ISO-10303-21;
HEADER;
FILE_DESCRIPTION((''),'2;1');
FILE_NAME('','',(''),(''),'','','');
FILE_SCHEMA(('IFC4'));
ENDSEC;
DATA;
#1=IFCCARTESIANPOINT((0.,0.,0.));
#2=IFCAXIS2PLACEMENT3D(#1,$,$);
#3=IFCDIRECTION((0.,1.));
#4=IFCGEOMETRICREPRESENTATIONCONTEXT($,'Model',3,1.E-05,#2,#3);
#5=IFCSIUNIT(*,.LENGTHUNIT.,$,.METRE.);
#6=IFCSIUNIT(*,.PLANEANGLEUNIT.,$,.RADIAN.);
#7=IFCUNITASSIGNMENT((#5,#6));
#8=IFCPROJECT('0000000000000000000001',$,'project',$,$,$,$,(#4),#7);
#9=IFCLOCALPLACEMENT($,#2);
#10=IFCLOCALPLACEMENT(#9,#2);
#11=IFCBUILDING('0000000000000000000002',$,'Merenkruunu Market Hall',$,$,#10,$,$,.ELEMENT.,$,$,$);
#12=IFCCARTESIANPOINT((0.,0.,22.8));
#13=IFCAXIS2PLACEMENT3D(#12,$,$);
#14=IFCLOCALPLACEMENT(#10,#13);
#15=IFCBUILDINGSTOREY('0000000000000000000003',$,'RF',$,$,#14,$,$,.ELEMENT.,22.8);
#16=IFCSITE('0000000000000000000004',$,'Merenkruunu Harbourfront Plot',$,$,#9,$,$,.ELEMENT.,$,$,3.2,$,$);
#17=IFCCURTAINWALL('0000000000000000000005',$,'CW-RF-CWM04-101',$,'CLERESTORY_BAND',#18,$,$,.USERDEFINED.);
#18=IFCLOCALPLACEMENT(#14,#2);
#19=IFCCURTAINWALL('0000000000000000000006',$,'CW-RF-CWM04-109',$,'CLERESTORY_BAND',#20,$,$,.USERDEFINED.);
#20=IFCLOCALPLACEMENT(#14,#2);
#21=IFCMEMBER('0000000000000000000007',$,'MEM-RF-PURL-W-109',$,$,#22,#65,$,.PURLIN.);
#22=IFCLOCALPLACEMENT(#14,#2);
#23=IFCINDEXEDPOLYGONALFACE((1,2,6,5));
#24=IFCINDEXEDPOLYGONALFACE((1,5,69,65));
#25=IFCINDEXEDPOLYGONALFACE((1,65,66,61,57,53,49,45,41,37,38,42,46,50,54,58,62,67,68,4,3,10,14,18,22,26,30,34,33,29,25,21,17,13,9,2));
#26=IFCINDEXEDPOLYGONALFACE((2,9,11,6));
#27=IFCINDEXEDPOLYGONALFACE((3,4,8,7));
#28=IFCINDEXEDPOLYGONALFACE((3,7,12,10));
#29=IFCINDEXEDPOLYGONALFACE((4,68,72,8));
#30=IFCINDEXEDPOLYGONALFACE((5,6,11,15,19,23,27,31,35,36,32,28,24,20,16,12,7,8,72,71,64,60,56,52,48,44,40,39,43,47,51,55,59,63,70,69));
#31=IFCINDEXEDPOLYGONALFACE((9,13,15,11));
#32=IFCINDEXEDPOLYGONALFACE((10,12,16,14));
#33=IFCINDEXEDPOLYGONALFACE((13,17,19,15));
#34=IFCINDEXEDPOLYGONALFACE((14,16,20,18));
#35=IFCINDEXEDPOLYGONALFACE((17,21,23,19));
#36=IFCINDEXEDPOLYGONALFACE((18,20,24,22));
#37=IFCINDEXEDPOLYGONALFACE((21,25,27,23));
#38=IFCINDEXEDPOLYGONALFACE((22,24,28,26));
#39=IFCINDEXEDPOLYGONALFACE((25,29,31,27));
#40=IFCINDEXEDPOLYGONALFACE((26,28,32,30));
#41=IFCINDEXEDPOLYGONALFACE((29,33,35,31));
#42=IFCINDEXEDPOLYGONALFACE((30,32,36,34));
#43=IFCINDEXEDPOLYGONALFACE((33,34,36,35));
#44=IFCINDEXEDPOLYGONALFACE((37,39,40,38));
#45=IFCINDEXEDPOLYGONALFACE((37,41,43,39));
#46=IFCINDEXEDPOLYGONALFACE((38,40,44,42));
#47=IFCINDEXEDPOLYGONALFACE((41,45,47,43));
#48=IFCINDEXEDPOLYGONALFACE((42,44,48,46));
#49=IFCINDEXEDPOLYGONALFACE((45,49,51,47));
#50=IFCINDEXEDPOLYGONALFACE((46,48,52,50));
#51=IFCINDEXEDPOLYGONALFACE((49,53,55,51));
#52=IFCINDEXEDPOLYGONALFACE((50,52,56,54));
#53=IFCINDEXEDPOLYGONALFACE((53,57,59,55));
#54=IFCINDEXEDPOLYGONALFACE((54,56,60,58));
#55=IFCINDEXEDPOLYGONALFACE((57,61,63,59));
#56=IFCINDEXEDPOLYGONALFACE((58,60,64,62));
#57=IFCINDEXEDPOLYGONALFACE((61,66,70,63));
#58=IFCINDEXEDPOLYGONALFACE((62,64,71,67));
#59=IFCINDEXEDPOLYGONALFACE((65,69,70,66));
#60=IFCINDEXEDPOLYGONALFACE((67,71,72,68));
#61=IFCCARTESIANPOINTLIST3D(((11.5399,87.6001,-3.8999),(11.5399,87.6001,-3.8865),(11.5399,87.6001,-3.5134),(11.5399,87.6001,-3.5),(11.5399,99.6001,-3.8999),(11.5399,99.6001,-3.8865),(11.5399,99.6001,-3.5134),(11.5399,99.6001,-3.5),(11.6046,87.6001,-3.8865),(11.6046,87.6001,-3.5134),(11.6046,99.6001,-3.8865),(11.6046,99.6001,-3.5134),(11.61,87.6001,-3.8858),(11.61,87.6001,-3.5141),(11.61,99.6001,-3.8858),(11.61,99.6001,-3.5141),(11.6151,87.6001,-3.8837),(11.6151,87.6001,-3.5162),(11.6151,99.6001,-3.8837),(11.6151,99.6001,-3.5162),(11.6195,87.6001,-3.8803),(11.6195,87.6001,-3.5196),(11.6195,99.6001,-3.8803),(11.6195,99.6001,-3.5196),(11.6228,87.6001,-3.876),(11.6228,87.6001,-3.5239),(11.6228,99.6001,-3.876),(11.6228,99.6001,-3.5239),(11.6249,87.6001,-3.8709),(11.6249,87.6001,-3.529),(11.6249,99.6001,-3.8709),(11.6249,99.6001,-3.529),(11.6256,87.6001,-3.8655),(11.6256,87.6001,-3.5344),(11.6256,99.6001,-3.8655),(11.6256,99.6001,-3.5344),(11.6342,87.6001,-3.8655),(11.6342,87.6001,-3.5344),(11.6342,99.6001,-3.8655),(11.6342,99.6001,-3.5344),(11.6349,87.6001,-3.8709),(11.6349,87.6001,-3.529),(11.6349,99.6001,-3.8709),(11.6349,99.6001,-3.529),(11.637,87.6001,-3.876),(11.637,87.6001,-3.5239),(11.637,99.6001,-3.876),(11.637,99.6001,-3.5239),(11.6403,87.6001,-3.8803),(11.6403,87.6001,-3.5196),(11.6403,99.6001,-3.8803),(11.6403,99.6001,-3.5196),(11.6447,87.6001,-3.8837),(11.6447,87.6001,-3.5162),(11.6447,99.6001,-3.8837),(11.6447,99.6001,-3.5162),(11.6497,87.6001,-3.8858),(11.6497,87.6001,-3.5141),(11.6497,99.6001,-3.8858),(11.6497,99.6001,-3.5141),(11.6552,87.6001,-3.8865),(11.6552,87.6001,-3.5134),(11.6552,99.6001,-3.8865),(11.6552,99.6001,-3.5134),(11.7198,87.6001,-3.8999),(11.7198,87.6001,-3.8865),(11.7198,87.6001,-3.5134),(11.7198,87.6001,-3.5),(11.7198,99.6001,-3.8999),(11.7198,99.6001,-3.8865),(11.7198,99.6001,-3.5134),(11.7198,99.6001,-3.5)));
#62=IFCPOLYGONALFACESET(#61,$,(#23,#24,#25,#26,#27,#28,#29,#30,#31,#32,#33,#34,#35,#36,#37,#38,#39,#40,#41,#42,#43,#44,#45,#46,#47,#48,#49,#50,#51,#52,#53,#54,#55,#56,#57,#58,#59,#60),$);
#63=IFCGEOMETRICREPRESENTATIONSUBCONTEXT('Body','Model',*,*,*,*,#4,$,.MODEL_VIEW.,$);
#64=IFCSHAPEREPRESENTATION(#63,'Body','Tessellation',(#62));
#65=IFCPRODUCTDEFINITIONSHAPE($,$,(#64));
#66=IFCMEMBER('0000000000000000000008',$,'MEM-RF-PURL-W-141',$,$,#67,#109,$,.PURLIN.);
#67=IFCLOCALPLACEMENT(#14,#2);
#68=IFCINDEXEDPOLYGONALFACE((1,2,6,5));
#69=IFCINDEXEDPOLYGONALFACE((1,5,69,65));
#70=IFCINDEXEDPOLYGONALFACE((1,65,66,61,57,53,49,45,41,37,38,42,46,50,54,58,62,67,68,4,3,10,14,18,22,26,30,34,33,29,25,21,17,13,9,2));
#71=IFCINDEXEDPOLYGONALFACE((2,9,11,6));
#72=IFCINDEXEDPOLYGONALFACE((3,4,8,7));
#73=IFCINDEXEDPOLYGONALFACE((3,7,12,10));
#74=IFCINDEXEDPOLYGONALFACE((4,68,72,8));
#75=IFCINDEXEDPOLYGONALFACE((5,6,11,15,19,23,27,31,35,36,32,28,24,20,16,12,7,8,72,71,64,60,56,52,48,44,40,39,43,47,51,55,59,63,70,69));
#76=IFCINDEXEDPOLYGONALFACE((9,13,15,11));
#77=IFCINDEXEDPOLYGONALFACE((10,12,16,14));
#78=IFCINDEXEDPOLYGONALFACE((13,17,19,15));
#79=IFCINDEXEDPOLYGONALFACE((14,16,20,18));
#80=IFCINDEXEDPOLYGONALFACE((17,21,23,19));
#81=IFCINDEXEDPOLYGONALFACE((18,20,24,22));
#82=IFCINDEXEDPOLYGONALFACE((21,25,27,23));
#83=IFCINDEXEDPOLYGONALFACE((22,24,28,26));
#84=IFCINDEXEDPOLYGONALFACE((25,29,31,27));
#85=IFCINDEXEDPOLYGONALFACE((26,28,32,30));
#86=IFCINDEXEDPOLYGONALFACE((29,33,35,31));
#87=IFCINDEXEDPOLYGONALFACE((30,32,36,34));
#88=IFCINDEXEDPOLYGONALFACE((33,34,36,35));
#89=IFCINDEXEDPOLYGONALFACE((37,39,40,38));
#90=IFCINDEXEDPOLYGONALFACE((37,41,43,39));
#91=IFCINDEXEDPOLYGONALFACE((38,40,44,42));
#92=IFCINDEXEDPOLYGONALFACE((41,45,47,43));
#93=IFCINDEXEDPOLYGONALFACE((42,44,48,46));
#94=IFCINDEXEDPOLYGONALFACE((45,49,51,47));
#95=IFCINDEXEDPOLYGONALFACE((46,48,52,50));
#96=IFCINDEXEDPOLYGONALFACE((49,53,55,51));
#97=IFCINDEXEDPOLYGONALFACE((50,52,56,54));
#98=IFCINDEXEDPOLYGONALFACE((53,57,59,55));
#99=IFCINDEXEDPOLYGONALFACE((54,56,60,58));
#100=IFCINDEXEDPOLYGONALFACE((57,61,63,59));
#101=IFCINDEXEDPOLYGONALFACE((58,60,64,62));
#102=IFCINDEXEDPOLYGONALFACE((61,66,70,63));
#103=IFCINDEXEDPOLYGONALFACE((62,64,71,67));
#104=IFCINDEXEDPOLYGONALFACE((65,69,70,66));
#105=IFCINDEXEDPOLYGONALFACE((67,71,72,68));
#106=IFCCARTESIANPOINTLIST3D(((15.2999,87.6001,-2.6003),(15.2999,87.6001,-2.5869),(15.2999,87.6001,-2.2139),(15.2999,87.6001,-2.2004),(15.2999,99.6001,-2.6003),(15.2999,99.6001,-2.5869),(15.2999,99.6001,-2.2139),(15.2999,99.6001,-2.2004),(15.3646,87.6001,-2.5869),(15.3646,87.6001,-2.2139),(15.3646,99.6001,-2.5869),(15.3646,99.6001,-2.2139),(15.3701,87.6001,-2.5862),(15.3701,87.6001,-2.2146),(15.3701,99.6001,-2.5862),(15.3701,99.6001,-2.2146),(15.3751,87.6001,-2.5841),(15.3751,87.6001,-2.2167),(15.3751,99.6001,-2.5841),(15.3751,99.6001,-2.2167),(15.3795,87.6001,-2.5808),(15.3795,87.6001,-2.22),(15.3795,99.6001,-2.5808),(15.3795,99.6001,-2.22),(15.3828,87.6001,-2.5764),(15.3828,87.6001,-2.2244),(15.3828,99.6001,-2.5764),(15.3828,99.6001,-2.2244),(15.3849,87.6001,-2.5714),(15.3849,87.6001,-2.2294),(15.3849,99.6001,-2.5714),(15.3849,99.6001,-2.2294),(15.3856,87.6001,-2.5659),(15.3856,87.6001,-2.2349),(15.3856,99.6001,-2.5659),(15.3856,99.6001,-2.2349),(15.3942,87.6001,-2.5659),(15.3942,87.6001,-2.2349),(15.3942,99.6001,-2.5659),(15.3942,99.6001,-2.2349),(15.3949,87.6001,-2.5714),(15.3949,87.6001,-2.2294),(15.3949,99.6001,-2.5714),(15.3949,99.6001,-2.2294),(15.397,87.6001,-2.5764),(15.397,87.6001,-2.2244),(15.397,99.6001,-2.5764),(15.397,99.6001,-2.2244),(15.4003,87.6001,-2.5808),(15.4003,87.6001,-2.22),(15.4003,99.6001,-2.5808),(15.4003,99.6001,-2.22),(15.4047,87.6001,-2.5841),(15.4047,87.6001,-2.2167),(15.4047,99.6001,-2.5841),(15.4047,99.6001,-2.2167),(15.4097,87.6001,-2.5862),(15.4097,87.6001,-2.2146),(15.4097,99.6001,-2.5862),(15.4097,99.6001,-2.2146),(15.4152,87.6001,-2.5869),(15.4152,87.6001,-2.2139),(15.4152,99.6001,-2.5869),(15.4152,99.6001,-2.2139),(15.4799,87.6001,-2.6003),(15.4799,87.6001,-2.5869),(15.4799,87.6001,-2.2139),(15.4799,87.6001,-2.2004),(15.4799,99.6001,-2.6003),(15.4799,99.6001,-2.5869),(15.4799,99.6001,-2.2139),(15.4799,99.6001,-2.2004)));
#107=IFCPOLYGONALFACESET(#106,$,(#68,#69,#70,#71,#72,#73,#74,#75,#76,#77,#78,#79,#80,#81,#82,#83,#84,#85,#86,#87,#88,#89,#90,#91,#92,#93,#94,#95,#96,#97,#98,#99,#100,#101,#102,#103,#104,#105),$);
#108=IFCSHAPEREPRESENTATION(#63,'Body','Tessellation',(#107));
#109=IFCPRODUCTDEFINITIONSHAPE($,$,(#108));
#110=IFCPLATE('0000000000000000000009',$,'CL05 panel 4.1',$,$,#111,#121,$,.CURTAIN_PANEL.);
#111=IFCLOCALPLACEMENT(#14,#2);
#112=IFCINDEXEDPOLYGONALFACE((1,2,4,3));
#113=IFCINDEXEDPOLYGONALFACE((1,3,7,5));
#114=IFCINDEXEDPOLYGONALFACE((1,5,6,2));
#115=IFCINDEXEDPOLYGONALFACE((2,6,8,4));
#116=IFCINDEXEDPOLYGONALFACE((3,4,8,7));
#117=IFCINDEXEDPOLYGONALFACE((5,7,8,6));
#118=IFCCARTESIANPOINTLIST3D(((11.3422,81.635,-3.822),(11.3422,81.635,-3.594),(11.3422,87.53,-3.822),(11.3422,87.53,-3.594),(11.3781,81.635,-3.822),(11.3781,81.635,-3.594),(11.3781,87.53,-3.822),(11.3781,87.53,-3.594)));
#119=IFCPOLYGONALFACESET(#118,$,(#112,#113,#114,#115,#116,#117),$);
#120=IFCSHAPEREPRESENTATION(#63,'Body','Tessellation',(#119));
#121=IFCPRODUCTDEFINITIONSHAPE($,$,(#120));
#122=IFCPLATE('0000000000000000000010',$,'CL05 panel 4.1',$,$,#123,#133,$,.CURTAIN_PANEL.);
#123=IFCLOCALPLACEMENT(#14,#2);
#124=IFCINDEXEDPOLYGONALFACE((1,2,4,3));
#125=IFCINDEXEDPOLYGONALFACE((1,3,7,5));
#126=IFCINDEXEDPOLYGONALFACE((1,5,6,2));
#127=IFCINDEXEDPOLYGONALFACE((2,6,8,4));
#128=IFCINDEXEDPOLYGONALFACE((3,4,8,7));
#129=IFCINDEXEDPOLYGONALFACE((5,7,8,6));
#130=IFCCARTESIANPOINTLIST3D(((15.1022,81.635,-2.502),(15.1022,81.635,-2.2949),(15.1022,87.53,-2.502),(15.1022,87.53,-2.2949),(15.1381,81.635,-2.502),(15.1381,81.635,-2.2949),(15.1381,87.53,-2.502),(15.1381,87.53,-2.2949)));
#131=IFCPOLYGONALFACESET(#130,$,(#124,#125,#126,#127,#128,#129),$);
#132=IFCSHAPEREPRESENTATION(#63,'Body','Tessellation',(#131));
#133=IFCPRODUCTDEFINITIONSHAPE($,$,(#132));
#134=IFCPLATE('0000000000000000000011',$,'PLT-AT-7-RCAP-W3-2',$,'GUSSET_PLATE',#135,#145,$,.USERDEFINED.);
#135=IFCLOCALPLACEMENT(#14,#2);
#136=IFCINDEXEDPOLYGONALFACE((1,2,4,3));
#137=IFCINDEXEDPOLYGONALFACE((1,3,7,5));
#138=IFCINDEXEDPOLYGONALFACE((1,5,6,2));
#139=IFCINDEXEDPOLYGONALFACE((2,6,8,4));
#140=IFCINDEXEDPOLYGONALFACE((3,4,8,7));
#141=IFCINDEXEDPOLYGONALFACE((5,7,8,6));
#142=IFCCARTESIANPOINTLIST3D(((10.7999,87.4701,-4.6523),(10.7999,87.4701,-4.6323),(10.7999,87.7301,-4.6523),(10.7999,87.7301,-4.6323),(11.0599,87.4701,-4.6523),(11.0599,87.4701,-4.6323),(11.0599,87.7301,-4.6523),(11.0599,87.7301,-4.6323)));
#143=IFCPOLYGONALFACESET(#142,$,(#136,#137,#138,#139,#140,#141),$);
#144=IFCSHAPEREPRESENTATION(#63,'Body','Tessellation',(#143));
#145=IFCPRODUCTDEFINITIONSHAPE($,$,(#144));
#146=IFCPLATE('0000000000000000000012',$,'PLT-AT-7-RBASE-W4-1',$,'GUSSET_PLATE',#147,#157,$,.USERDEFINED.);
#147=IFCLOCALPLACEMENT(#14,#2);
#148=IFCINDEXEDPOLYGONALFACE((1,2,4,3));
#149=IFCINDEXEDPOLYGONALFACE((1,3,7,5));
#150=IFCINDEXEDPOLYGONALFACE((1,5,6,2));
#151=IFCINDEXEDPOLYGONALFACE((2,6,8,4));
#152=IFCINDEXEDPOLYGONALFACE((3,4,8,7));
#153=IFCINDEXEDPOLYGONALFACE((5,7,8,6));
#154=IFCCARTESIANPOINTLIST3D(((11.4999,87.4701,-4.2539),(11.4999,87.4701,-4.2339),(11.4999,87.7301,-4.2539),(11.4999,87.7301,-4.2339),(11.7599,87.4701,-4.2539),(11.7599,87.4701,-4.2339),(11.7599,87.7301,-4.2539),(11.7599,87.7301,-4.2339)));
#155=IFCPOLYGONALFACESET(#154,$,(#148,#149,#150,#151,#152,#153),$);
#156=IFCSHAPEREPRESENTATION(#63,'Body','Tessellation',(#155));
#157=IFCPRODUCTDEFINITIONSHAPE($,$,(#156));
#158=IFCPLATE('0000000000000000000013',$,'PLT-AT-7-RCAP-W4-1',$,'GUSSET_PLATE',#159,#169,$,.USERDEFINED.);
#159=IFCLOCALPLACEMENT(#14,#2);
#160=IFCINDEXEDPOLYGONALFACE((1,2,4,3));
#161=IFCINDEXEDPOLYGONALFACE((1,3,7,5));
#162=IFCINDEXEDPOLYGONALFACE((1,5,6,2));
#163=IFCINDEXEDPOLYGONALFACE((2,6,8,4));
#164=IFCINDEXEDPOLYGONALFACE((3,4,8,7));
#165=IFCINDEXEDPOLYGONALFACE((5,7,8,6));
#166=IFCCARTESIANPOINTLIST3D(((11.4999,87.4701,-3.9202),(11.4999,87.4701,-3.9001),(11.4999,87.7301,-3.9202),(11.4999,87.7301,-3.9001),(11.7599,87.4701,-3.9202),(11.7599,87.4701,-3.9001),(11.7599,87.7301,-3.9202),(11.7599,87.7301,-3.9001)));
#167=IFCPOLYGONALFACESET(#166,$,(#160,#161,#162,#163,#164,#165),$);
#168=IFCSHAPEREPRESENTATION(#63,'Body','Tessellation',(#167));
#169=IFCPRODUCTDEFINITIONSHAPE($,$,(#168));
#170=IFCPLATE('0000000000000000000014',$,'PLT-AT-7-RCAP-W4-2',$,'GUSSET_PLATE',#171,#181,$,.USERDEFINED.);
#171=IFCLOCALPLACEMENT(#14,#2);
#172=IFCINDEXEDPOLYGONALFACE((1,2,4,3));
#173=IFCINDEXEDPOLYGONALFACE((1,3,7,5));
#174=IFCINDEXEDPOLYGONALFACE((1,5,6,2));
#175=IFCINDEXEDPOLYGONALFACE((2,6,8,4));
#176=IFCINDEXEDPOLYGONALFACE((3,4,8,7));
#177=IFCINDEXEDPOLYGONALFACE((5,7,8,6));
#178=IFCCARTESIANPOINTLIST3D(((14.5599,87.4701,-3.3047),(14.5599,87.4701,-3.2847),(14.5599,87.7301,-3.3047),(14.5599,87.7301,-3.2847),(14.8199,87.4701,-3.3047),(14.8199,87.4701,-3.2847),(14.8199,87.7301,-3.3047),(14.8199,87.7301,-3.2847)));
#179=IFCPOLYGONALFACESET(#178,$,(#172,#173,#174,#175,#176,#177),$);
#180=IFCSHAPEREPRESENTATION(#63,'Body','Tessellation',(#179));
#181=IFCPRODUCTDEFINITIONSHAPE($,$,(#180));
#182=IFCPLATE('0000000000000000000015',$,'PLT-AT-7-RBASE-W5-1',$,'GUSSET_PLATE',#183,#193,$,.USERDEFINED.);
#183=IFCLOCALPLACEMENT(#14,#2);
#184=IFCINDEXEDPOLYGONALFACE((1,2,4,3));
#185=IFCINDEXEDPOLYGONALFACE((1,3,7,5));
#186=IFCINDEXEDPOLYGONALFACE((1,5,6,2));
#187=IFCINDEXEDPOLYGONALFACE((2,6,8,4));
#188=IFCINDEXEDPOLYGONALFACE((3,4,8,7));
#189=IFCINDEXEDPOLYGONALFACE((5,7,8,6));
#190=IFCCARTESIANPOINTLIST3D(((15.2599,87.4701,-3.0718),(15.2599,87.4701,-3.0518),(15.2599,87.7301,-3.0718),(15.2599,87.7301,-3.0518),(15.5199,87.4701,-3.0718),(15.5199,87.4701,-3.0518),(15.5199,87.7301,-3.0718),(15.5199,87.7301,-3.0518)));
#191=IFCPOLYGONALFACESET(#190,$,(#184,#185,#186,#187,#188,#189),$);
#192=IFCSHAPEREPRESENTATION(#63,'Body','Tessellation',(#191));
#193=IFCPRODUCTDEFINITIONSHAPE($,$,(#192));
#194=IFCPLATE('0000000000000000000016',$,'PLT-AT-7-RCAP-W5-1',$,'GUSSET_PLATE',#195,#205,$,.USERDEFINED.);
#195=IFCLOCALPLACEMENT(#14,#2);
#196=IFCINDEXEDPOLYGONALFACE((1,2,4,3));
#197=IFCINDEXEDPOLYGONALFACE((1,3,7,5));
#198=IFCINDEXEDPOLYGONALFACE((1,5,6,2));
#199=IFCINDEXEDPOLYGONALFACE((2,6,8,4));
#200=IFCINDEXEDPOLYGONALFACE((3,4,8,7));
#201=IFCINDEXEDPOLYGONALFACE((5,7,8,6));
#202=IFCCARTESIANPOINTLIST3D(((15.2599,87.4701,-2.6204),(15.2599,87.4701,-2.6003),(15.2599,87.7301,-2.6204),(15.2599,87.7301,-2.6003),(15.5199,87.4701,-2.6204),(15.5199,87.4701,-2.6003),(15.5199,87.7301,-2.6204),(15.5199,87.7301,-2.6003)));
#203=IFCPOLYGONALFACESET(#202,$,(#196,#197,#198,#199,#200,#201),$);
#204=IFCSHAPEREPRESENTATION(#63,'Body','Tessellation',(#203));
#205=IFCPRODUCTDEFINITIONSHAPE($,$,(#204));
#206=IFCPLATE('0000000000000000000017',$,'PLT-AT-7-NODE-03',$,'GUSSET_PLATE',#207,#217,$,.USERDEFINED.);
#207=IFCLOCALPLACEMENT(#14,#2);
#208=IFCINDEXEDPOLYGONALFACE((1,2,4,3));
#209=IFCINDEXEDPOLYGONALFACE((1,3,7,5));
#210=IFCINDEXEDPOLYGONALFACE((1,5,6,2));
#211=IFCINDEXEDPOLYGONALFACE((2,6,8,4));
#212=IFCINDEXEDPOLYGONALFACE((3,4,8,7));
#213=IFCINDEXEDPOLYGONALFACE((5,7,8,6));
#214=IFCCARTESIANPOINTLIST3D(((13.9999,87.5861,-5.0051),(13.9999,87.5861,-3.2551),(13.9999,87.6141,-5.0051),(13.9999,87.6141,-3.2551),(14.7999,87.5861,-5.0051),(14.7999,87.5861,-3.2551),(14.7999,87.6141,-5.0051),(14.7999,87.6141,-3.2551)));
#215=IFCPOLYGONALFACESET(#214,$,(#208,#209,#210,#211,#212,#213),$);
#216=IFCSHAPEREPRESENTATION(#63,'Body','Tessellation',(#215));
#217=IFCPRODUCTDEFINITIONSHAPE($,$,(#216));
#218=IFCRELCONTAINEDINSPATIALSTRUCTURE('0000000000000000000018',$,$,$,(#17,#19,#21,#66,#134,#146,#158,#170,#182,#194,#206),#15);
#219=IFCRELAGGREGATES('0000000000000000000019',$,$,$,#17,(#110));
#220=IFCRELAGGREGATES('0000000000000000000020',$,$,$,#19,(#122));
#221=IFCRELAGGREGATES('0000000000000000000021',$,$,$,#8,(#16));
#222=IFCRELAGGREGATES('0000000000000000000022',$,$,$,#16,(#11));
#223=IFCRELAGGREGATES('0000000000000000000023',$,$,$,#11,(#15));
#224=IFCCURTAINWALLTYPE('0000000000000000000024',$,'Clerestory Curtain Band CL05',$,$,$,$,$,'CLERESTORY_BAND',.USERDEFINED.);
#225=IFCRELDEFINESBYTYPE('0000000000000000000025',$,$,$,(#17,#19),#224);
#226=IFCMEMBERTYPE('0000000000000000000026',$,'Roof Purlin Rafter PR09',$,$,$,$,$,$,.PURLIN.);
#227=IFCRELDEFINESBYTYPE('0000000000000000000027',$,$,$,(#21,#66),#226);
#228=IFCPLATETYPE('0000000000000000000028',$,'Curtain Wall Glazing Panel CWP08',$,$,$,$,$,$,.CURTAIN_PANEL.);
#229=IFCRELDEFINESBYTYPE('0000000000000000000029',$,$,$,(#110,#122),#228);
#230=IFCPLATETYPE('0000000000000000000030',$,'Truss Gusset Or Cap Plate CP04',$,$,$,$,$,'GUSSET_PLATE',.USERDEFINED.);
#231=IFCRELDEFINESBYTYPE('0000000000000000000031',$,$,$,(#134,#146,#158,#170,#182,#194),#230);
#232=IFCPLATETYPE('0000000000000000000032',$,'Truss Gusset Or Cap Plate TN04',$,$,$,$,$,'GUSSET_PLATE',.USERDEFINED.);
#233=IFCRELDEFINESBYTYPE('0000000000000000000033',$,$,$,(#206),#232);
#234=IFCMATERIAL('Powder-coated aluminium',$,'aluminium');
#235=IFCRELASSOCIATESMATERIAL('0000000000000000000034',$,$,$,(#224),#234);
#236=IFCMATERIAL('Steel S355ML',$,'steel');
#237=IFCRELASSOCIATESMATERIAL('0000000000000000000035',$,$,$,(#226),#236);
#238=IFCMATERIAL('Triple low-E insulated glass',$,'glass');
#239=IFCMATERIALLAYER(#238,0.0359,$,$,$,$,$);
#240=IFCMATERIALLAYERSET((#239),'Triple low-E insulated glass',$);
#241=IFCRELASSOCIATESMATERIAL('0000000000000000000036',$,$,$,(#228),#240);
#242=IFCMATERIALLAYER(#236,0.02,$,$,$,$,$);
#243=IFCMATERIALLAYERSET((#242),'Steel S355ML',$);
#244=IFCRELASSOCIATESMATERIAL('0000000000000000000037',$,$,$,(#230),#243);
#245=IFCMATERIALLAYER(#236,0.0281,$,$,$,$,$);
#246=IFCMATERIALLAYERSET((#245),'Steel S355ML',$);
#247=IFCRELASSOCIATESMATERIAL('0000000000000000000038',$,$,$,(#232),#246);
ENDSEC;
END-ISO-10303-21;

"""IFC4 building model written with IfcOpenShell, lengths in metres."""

from ifc_helpers import new_model, si_unit, direction, frame, origin, origin_2d, place, context, subcontext, project, spatial, rectangle, i_section, extrude, material, layer, layer_set, material_profile, profile_set, type_object, element, aggregate, save


model = new_model("IFC4")

# Units and contexts
model_context = context("Model", 3, precision=1e-05, world=origin(), true_north=direction((0.0, 1.0)))
body_context = subcontext(model_context, "Body", "Model", "MODEL_VIEW")
ifc_project = project(units=[si_unit("LENGTHUNIT", "METRE"), si_unit("PLANEANGLEUNIT", "RADIAN")], contexts=[model_context])

# Site, building, storey
site_placement = place(None, origin())
site = spatial("IfcSite", under=ifc_project, at=site_placement, Name="Merenkruunu Harbourfront Plot", CompositionType="ELEMENT", RefElevation=3.2)
building_placement = place(site_placement, origin())
building = spatial("IfcBuilding", under=site, at=building_placement, Name="Merenkruunu Market Hall", CompositionType="ELEMENT")
storey_placement = place(building_placement, frame((0.0, 0.0, 22.8)))
storey = spatial("IfcBuildingStorey", under=building, at=storey_placement, Name="RF", CompositionType="ELEMENT", Elevation=22.8)

# Shared definitions
ifc_material_1 = material(Name="Steel S355ML", Category="steel")

# Curtain walls
ifc_material_2 = material(Name="Powder-coated aluminium", Category="aluminium")
curtain_wall_type = type_object("IfcCurtainWallType", Name="Clerestory Curtain Band CL05", ElementType="CLERESTORY_BAND", PredefinedType="USERDEFINED", material=ifc_material_2)
curtain_wall_1_placement = place(storey_placement, origin())
curtain_wall_1 = element("IfcCurtainWall", 1, at=curtain_wall_1_placement, inside=storey, type_object=curtain_wall_type, Name="CW-RF-CWM04-101", ObjectType="CLERESTORY_BAND", PredefinedType="USERDEFINED")
curtain_wall_2_placement = place(storey_placement, origin())
curtain_wall_2 = element("IfcCurtainWall", 2, at=curtain_wall_2_placement, inside=storey, type_object=curtain_wall_type, Name="CW-RF-CWM04-109", ObjectType="CLERESTORY_BAND", PredefinedType="USERDEFINED")

# Members
ifc_material_profile_1 = material_profile(ifc_material_1, i_section(OverallWidth=0.1799, OverallDepth=0.3999, WebThickness=0.0085, FlangeThickness=0.0134, FilletRadius=0.021, at=origin_2d()), Name="IPE 400")
ifc_profile_set_1 = profile_set([ifc_material_profile_1], Name="Steel S355ML")
member_type_1 = type_object("IfcMemberType", Name="Roof Purlin Rafter PR09", PredefinedType="PURLIN", material=ifc_profile_set_1)
for number, where, z_axis, x_axis, name in (
    (3, (11.6299, 87.6001, -3.7), (0.0, 1.0, 0.0), (-1.0, 0.0, 0.0), "MEM-RF-PURL-W-109"),
    (4, (15.3899, 87.6001, -2.4004), (0.0, 1.0, 0.0), (-1.0, 0.0, 0.0), "MEM-RF-PURL-W-141"),
):
    element("IfcMember", number, at=place(storey_placement, frame(where, z_axis=z_axis, x_axis=x_axis)), inside=storey, type_object=member_type_1, Name=name, PredefinedType="PURLIN", context=body_context, shape_type="SweptSolid", body=[
        extrude(i_section(OverallWidth=0.1799, OverallDepth=0.3999, WebThickness=0.0085, FlangeThickness=0.0134, FilletRadius=0.021, at=origin_2d()), origin(), (0.0, 0.0, 1.0), 12.0),
    ])

# Plates
ifc_material_3 = material(Name="Triple low-E insulated glass", Category="glass")
ifc_layer_1 = layer(ifc_material_3, 0.0359)
ifc_layer_set_1 = layer_set([ifc_layer_1], Name="Triple low-E insulated glass")
plate_type_1 = type_object("IfcPlateType", Name="Curtain Wall Glazing Panel CWP08", PredefinedType="CURTAIN_PANEL", material=ifc_layer_set_1)
plate_1_placement = place(storey_placement, frame((11.3601, 84.5825, -3.822), z_axis=(0.0, 0.0, 1.0), x_axis=(0.0, 1.0, 0.0)))
plate_1 = element("IfcPlate", 5, at=plate_1_placement, type_object=plate_type_1, Name="CL05 panel 4.1", PredefinedType="CURTAIN_PANEL", context=body_context, shape_type="SweptSolid", body=[
    extrude(rectangle(XDim=5.895, YDim=0.0359, at=origin_2d()), origin(), (0.0, 0.0, 1.0), 0.228),
])
aggregate(curtain_wall_1, [plate_1])
plate_2_placement = place(storey_placement, frame((15.1201, 84.5825, -2.502), z_axis=(0.0, 0.0, 1.0), x_axis=(0.0, 1.0, 0.0)))
plate_2 = element("IfcPlate", 6, at=plate_2_placement, type_object=plate_type_1, Name="CL05 panel 4.1", PredefinedType="CURTAIN_PANEL", context=body_context, shape_type="SweptSolid", body=[
    extrude(rectangle(XDim=5.895, YDim=0.0359, at=origin_2d()), origin(), (0.0, 0.0, 1.0), 0.207),
])
aggregate(curtain_wall_2, [plate_2])

# Plates
ifc_layer_2 = layer(ifc_material_1, 0.02)
ifc_layer_set_2 = layer_set([ifc_layer_2], Name="Steel S355ML")
plate_type_2 = type_object("IfcPlateType", Name="Truss Gusset Or Cap Plate CP04", ElementType="GUSSET_PLATE", PredefinedType="USERDEFINED", material=ifc_layer_set_2)
for number, where, z_axis, x_axis, name in (
    (7, (10.9299, 87.6001, -4.6523), (0.0, 0.0, 1.0), (1.0, 0.0, 0.0), "PLT-AT-7-RCAP-W3-2"),
    (8, (11.6299, 87.6001, -4.2539), (0.0, 0.0, 1.0), (1.0, 0.0, 0.0), "PLT-AT-7-RBASE-W4-1"),
    (9, (11.6299, 87.6001, -3.9202), (0.0, 0.0, 1.0), (1.0, 0.0, 0.0), "PLT-AT-7-RCAP-W4-1"),
    (10, (14.6899, 87.6001, -3.3047), (0.0, 0.0, 1.0), (1.0, 0.0, 0.0), "PLT-AT-7-RCAP-W4-2"),
    (11, (15.3899, 87.6001, -3.0718), (0.0, 0.0, 1.0), (1.0, 0.0, 0.0), "PLT-AT-7-RBASE-W5-1"),
    (12, (15.3899, 87.6001, -2.6204), (0.0, 0.0, 1.0), (1.0, 0.0, 0.0), "PLT-AT-7-RCAP-W5-1"),
):
    element("IfcPlate", number, at=place(storey_placement, frame(where, z_axis=z_axis, x_axis=x_axis)), inside=storey, type_object=plate_type_2, Name=name, ObjectType="GUSSET_PLATE", PredefinedType="USERDEFINED", context=body_context, shape_type="SweptSolid", body=[
        extrude(rectangle(XDim=0.26, YDim=0.26, at=origin_2d()), origin(), (0.0, 0.0, 1.0), 0.02),
    ])
ifc_layer_3 = layer(ifc_material_1, 0.0281)
ifc_layer_set_3 = layer_set([ifc_layer_3], Name="Steel S355ML")
plate_type_3 = type_object("IfcPlateType", Name="Truss Gusset Or Cap Plate TN04", ElementType="GUSSET_PLATE", PredefinedType="USERDEFINED", material=ifc_layer_set_3)
plate_3_placement = place(storey_placement, frame((14.3999, 87.6001, -5.0051), z_axis=(0.0, 0.0, 1.0), x_axis=(1.0, 0.0, 0.0)))
element("IfcPlate", 13, at=plate_3_placement, inside=storey, type_object=plate_type_3, Name="PLT-AT-7-NODE-03", ObjectType="GUSSET_PLATE", PredefinedType="USERDEFINED", context=body_context, shape_type="SweptSolid", body=[
    extrude(rectangle(XDim=0.8, YDim=0.0281, at=origin_2d()), origin(), (0.0, 0.0, 1.0), 1.75),
])

save(model, "model.ifc")
